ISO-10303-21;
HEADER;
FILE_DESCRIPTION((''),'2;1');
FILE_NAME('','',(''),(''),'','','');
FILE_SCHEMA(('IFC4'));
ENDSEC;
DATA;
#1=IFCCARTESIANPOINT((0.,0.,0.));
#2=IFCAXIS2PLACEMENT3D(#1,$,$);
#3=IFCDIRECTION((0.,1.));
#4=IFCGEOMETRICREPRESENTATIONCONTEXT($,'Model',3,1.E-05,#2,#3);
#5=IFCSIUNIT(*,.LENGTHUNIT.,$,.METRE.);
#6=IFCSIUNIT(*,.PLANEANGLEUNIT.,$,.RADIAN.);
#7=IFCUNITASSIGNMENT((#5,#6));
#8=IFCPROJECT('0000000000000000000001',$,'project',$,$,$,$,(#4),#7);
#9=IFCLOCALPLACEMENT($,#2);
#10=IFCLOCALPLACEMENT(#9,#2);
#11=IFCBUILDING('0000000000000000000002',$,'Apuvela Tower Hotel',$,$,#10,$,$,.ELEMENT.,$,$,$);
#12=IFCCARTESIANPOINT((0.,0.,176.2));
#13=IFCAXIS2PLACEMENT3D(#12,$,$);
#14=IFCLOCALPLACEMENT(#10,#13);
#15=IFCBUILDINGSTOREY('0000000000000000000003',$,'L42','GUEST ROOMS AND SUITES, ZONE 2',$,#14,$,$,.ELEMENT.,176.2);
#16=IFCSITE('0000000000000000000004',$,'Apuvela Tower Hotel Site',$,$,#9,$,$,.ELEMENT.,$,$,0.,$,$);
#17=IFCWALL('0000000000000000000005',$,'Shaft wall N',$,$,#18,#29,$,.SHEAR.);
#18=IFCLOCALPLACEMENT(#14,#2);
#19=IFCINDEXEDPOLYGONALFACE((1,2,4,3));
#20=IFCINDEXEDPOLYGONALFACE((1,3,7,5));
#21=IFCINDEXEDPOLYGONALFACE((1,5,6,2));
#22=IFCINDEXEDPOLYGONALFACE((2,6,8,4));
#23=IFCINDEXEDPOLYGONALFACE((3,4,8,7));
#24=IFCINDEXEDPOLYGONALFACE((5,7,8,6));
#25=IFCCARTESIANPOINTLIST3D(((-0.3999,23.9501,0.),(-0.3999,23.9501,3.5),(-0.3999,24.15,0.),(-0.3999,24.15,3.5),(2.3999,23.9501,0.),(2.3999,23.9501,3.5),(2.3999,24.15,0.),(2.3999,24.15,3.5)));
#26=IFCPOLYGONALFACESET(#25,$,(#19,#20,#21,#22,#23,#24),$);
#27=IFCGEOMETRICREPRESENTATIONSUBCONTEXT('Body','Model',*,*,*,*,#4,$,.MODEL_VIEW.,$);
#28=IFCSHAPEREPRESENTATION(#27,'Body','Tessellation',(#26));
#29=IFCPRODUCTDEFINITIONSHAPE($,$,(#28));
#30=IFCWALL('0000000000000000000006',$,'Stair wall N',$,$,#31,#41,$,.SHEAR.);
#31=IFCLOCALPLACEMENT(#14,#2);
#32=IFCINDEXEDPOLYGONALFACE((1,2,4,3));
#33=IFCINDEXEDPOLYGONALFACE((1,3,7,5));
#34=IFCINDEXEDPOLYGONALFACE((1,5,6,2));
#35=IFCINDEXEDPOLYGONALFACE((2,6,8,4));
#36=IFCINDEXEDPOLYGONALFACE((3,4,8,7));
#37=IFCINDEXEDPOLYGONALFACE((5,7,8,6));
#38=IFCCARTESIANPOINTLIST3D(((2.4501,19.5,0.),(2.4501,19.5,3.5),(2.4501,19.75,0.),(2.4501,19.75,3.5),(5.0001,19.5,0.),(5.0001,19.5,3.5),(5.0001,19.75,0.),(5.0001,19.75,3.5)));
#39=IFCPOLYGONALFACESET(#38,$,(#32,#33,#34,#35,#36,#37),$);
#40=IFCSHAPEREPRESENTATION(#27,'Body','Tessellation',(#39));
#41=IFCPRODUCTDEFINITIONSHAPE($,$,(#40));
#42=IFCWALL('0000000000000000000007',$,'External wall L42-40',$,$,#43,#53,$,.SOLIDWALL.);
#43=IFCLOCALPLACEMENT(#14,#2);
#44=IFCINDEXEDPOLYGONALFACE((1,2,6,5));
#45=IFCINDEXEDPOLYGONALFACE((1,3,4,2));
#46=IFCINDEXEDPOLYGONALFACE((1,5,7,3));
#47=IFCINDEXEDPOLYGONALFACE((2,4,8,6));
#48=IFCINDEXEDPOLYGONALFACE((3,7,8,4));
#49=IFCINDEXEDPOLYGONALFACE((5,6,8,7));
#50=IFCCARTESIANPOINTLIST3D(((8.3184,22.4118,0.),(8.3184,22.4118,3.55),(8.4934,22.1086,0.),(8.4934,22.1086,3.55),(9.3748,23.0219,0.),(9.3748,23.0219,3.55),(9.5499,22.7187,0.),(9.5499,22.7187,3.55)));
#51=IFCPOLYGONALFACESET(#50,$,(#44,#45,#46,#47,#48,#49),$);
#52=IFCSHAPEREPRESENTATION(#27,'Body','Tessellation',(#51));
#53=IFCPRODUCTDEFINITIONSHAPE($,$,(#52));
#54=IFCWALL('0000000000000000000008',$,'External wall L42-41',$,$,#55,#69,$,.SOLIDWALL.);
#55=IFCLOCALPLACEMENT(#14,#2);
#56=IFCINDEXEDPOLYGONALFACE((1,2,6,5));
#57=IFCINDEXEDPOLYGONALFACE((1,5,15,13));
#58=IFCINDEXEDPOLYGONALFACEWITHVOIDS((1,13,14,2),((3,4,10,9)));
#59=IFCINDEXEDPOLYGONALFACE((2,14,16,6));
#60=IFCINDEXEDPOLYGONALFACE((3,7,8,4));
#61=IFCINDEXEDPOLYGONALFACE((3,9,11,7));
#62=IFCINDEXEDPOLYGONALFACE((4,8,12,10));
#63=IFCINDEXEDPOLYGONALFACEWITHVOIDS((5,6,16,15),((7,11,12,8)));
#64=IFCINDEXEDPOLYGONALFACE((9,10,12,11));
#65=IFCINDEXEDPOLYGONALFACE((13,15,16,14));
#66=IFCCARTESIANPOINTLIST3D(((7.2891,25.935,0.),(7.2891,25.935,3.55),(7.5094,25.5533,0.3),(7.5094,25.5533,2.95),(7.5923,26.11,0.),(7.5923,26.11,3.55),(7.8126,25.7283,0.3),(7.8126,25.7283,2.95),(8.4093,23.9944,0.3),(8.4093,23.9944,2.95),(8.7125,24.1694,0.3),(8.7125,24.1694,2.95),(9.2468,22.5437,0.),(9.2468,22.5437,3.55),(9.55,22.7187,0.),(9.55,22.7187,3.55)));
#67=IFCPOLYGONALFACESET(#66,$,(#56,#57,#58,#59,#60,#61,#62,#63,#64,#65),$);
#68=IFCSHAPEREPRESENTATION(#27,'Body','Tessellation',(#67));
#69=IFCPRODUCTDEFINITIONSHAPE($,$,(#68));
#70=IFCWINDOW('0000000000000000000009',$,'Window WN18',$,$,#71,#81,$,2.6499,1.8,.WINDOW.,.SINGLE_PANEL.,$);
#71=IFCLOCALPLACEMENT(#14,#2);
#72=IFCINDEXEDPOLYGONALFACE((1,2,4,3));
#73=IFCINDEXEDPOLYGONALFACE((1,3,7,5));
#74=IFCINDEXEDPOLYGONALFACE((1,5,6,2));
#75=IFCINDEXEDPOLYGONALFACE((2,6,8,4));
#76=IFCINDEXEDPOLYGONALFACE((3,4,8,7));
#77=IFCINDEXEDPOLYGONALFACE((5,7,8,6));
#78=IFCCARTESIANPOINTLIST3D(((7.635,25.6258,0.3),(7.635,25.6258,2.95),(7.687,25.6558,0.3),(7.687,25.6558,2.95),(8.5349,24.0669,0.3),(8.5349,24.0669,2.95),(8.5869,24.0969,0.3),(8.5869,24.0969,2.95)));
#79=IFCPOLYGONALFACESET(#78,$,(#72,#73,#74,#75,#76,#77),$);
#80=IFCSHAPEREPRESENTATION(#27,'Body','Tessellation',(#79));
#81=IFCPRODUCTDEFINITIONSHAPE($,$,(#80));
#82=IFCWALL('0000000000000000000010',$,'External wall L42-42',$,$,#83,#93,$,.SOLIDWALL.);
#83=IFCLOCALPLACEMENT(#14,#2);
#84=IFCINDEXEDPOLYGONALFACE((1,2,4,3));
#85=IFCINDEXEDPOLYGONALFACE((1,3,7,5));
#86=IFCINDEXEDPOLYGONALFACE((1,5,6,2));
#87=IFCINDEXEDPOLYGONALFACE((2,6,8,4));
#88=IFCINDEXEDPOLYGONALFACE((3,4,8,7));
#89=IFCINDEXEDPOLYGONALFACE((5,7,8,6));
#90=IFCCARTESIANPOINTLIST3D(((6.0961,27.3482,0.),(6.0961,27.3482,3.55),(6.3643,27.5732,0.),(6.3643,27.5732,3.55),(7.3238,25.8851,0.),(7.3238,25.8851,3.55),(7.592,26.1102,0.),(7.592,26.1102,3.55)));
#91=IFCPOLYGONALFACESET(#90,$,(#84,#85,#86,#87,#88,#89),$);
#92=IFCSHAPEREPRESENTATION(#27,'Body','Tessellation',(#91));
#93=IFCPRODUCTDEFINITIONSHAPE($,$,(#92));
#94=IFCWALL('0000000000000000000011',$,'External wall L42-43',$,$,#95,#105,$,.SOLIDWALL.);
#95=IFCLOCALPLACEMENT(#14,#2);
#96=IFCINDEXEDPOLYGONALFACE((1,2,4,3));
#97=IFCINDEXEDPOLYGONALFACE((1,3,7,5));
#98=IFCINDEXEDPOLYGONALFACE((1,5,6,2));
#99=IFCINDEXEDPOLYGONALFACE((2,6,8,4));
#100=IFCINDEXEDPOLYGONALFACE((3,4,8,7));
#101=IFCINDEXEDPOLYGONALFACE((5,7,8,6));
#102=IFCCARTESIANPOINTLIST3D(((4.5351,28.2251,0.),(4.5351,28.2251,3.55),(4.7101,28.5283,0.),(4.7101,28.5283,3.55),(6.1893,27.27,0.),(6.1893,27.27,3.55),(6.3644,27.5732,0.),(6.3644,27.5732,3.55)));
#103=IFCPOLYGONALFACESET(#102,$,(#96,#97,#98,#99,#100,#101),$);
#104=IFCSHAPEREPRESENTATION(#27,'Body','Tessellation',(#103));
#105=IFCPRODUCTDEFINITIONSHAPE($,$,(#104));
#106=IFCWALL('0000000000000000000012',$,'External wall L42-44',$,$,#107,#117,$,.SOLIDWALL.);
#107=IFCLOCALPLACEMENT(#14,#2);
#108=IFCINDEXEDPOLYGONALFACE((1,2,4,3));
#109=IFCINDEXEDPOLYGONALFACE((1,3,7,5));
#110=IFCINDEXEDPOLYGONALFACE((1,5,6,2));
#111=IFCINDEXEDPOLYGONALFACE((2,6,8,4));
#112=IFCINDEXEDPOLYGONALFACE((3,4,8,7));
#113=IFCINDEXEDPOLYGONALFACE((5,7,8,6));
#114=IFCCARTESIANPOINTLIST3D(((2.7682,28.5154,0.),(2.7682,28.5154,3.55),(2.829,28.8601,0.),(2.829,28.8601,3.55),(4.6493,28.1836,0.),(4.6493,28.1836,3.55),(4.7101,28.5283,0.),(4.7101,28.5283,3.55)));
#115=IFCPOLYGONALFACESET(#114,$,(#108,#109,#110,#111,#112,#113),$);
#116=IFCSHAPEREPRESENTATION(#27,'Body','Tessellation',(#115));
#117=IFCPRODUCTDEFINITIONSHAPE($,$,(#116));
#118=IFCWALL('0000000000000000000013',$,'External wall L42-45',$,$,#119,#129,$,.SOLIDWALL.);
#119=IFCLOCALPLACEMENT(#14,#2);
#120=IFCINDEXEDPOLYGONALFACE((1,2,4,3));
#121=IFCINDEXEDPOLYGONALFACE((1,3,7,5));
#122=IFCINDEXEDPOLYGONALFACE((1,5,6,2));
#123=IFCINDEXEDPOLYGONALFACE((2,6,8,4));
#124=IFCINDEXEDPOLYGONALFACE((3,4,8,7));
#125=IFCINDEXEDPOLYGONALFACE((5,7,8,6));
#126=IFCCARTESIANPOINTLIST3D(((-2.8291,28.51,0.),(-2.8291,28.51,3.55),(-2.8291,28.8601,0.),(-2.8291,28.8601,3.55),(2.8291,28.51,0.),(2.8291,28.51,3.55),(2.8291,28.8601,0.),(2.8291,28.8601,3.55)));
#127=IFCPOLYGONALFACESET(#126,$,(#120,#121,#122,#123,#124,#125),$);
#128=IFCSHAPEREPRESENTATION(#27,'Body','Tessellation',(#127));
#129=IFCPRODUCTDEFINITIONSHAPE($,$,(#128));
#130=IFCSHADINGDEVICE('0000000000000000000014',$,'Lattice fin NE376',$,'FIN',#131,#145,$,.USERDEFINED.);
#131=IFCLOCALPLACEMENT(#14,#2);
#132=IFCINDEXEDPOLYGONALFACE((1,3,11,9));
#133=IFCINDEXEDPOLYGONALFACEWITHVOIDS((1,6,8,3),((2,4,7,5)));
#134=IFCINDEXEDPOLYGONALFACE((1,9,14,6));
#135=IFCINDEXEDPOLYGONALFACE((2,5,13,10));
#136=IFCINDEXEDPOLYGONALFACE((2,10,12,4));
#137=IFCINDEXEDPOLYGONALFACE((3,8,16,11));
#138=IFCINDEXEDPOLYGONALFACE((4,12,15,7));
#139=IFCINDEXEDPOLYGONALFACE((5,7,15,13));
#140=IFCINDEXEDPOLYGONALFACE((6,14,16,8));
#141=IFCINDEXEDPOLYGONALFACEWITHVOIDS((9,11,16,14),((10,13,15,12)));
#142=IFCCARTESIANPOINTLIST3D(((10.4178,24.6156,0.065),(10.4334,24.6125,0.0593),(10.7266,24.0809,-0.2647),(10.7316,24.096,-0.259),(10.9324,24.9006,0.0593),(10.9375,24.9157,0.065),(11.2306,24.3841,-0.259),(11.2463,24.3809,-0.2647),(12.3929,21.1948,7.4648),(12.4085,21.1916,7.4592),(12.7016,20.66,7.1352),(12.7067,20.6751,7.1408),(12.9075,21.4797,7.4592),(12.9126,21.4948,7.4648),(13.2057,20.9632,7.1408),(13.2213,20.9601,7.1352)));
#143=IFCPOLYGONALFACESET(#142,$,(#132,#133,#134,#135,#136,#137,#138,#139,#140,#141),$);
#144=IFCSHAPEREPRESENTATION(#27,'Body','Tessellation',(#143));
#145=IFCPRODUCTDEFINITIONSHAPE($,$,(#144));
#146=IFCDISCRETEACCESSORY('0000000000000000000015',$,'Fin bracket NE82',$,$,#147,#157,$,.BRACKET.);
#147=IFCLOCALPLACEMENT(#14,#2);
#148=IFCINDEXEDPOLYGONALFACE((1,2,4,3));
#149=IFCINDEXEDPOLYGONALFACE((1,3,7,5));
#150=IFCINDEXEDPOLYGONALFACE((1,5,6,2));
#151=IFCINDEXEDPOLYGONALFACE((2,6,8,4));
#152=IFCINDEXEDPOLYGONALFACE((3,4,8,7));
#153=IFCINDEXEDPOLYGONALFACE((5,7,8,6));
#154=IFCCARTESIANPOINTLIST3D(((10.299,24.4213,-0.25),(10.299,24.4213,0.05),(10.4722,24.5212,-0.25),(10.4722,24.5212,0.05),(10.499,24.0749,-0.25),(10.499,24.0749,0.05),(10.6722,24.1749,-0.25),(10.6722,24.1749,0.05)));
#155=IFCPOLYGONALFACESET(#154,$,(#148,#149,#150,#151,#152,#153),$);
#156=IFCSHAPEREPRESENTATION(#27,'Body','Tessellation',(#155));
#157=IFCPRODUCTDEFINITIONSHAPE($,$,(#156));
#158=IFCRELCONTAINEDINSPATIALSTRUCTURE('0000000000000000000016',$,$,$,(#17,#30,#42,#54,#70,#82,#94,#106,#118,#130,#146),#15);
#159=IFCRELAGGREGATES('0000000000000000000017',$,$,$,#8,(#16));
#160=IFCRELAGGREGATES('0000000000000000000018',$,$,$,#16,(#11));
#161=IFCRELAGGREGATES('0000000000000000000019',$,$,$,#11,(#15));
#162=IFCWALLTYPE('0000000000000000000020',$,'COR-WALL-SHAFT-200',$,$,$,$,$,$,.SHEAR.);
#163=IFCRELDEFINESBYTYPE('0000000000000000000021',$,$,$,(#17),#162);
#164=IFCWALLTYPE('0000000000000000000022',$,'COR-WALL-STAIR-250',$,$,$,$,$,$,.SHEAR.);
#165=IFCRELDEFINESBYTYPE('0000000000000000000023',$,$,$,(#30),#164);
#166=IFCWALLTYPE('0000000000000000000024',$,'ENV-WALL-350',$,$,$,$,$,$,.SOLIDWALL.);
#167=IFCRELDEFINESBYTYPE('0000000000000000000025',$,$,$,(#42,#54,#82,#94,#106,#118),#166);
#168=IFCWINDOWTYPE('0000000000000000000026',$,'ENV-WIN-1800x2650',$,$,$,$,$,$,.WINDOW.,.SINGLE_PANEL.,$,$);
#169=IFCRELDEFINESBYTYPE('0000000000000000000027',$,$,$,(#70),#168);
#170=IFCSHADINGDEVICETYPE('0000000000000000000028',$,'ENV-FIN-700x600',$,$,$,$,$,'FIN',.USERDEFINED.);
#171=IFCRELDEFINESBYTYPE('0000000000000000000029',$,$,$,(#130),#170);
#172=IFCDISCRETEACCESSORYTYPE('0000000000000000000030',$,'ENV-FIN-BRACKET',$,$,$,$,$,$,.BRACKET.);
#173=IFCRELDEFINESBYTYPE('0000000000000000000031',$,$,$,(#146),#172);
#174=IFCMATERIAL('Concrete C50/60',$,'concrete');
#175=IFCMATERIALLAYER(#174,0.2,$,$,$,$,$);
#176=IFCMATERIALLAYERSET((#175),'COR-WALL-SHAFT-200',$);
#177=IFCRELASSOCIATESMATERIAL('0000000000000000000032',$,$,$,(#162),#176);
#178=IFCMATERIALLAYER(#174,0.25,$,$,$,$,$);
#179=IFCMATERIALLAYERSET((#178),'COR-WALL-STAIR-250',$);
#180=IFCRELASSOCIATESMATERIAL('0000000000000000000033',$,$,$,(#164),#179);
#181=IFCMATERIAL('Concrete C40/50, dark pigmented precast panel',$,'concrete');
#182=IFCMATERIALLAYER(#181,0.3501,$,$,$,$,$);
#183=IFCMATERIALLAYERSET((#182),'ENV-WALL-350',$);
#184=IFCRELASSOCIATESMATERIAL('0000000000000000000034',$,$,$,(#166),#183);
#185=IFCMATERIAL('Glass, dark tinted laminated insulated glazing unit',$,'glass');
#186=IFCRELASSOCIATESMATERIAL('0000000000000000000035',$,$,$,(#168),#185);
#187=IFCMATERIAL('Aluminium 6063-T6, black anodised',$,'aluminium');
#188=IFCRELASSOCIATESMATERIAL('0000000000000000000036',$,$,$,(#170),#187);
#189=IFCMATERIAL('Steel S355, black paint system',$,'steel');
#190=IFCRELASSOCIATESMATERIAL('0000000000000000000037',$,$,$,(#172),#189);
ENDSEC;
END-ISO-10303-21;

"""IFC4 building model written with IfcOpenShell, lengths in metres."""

from ifc_helpers import new_model, si_unit, direction, frame, frame_2d, origin, origin_2d, place, context, subcontext, project, spatial, rectangle, hollow_rectangle, extrude, material, layer, layer_set, material_profile, profile_set, type_object, element, fill, save


model = new_model("IFC4")

# Units and contexts
model_context = context("Model", 3, precision=1e-05, world=origin(), true_north=direction((0.0, 1.0)))
body_context = subcontext(model_context, "Body", "Model", "MODEL_VIEW")
ifc_project = project(units=[si_unit("LENGTHUNIT", "METRE"), si_unit("PLANEANGLEUNIT", "RADIAN")], contexts=[model_context])

# Site, building, storey
site_placement = place(None, origin())
site = spatial("IfcSite", under=ifc_project, at=site_placement, Name="Apuvela Tower Hotel Site", CompositionType="ELEMENT", RefElevation=0.0)
building_placement = place(site_placement, origin())
building = spatial("IfcBuilding", under=site, at=building_placement, Name="Apuvela Tower Hotel", CompositionType="ELEMENT")
storey_placement = place(building_placement, frame((0.0, 0.0, 176.2)))
storey = spatial("IfcBuildingStorey", under=building, at=storey_placement, Name="L42", Description="GUEST ROOMS AND SUITES, ZONE 2", CompositionType="ELEMENT", Elevation=176.2)

# Walls
ifc_material_1 = material(Name="Concrete C50/60", Category="concrete")
ifc_layer_1 = layer(ifc_material_1, 0.2)
ifc_layer_set_1 = layer_set([ifc_layer_1], Name="COR-WALL-SHAFT-200")
wall_type_1 = type_object("IfcWallType", Name="COR-WALL-SHAFT-200", PredefinedType="SHEAR", material=ifc_layer_set_1)
wall_1_placement = place(storey_placement, frame((2.3999, 24.05, 0.0), z_axis=(0.0, 0.0, 1.0), x_axis=(-1.0, 0.0, 0.0)))
element("IfcWall", 1, at=wall_1_placement, inside=storey, type_object=wall_type_1, Name="Shaft wall N", PredefinedType="SHEAR", context=body_context, shape_type="SweptSolid", body=[
    extrude(rectangle(XDim=2.7998, YDim=0.2, at=frame_2d((1.3999, 0.0))), origin(), (0.0, 0.0, 1.0), 3.5),
])
ifc_layer_2 = layer(ifc_material_1, 0.25)
ifc_layer_set_2 = layer_set([ifc_layer_2], Name="COR-WALL-STAIR-250")
wall_type_2 = type_object("IfcWallType", Name="COR-WALL-STAIR-250", PredefinedType="SHEAR", material=ifc_layer_set_2)
wall_2_placement = place(storey_placement, frame((5.0, 19.625, 0.0), z_axis=(0.0, 0.0, 1.0), x_axis=(-1.0, 0.0, 0.0)))
element("IfcWall", 2, at=wall_2_placement, inside=storey, type_object=wall_type_2, Name="Stair wall N", PredefinedType="SHEAR", context=body_context, shape_type="SweptSolid", body=[
    extrude(rectangle(XDim=2.55, YDim=0.25, at=frame_2d((1.2749, 0.0))), origin(), (0.0, 0.0, 1.0), 3.5),
])
ifc_material_2 = material(Name="Concrete C40/50, dark pigmented precast panel", Category="concrete")
ifc_layer_3 = layer(ifc_material_2, 0.3501)
ifc_layer_set_3 = layer_set([ifc_layer_3], Name="ENV-WALL-350")
wall_type_3 = type_object("IfcWallType", Name="ENV-WALL-350", PredefinedType="SOLIDWALL", material=ifc_layer_set_3)
wall_3_placement = place(storey_placement, frame((8.406, 22.2603, 0.0), z_axis=(0.0, 0.0, 1.0), x_axis=(0.865956, 0.500121, 0.0)))
element("IfcWall", 3, at=wall_3_placement, inside=storey, type_object=wall_type_3, Name="External wall L42-40", PredefinedType="SOLIDWALL", context=body_context, shape_type="SweptSolid", body=[
    extrude(rectangle(XDim=1.22, YDim=0.3501, at=frame_2d((0.6099, 0.0))), origin(), (0.0, 0.0, 1.0), 3.55),
])

# Wall, opening, window
wall_4_placement = place(storey_placement, frame((9.3984, 22.6311, 0.0), z_axis=(0.0, 0.0, 1.0), x_axis=(-0.499955, 0.866052, 0.0)))
wall_4 = element("IfcWall", 4, at=wall_4_placement, inside=storey, type_object=wall_type_3, Name="External wall L42-41", PredefinedType="SOLIDWALL", context=body_context, shape_type="SweptSolid", body=[
    extrude(rectangle(XDim=3.9158, YDim=0.3501, at=frame_2d((1.958, 0.0))), origin(), (0.0, 0.0, 1.0), 3.55),
])
opening_placement = place(wall_4_placement, frame((1.6753, 0.0, 0.3)))
opening = element("IfcOpeningElement", 5, at=opening_placement, cuts=wall_4, PredefinedType="OPENING", context=body_context, shape_type="SweptSolid", body=[
    extrude(rectangle(XDim=1.8, YDim=2.6499, at=frame_2d((0.8999, 1.325))), frame((0.0, 0.1851, 0.0), z_axis=(0.0, -1.0, 0.0), x_axis=(1.0, 0.0, 0.0)), (0.0, 0.0, 1.0), 0.3701),
])
ifc_material_3 = material(Name="Glass, dark tinted laminated insulated glazing unit", Category="glass")
window_type = type_object("IfcWindowType", Name="ENV-WIN-1800x2650", PartitioningType="SINGLE_PANEL", PredefinedType="WINDOW", material=ifc_material_3)
window_placement = place(opening_placement, origin())
window = element("IfcWindow", 6, at=window_placement, inside=storey, type_object=window_type, Name="Window WN18", OverallHeight=2.6499, OverallWidth=1.8, PartitioningType="SINGLE_PANEL", PredefinedType="WINDOW", context=body_context, shape_type="SweptSolid", body=[
    extrude(rectangle(XDim=1.8, YDim=2.6499, at=frame_2d((0.8999, 1.325))), frame((0.0, 0.03, 0.0), z_axis=(0.0, -1.0, 0.0), x_axis=(1.0, 0.0, 0.0)), (0.0, 0.0, 1.0), 0.0601),
])
fill(opening, window)

# Walls
wall_5_placement = place(storey_placement, frame((7.458, 25.9976, 0.0), z_axis=(0.0, 0.0, 1.0), x_axis=(-0.642808, 0.766027, 0.0)))
element("IfcWall", 7, at=wall_5_placement, inside=storey, type_object=wall_type_3, Name="External wall L42-42", PredefinedType="SOLIDWALL", context=body_context, shape_type="SweptSolid", body=[
    extrude(rectangle(XDim=1.9099, YDim=0.3501, at=frame_2d((0.9551, 0.0))), origin(), (0.0, 0.0, 1.0), 3.55),
])
for number, where, z_axis, x_axis, name in (
    (8, (6.2769, 27.4216, 0.0), (0.0, 0.0, 1.0), (-0.866032, 0.499988, 0.0), "External wall L42-43"),
    (9, (4.6797, 28.356, 0.0), (0.0, 0.0, 1.0), (-0.984799, 0.173698, 0.0), "External wall L42-44"),
):
    element("IfcWall", number, at=place(storey_placement, frame(where, z_axis=z_axis, x_axis=x_axis)), inside=storey, type_object=wall_type_3, Name=name, PredefinedType="SOLIDWALL", context=body_context, shape_type="SweptSolid", body=[
        extrude(rectangle(XDim=1.9102, YDim=0.3501, at=frame_2d((0.9551, 0.0))), origin(), (0.0, 0.0, 1.0), 3.55),
    ])
wall_6_placement = place(storey_placement, frame((2.8291, 28.6851, 0.0), z_axis=(0.0, 0.0, 1.0), x_axis=(-1.0, 0.0, 0.0)))
element("IfcWall", 10, at=wall_6_placement, inside=storey, type_object=wall_type_3, Name="External wall L42-45", PredefinedType="SOLIDWALL", context=body_context, shape_type="SweptSolid", body=[
    extrude(rectangle(XDim=5.6582, YDim=0.3501, at=frame_2d((2.8291, 0.0))), origin(), (0.0, 0.0, 1.0), 3.55),
])

# Shading device
ifc_material_4 = material(Name="Aluminium 6063-T6, black anodised", Category="aluminium")
ifc_material_profile_1 = material_profile(ifc_material_4, hollow_rectangle(XDim=0.6001, YDim=0.7, WallThickness=0.012, at=origin_2d()), Name="AL BOX 700x600x12")
ifc_profile_set_1 = profile_set([ifc_material_profile_1], Name="Aluminium 6063-T6, black anodised")
shading_device_type = type_object("IfcShadingDeviceType", Name="ENV-FIN-700x600", ElementType="FIN", PredefinedType="USERDEFINED", material=ifc_profile_set_1)
shading_device_placement = place(storey_placement, frame((10.832, 24.4983, -0.0999), z_axis=(0.235461, -0.407822, 0.882179), x_axis=(0.866021, 0.500008, 0.0)))
element("IfcShadingDevice", 11, at=shading_device_placement, inside=storey, type_object=shading_device_type, Name="Lattice fin NE376", ObjectType="FIN", PredefinedType="USERDEFINED", context=body_context, shape_type="SweptSolid", body=[
    extrude(hollow_rectangle(XDim=0.6001, YDim=0.7, WallThickness=0.012, at=origin_2d()), origin(), (0.0, 0.0, 1.0), 8.3882),
])

# Discrete accessory
ifc_material_5 = material(Name="Steel S355, black paint system", Category="steel")
discrete_accessory_type = type_object("IfcDiscreteAccessoryType", Name="ENV-FIN-BRACKET", PredefinedType="BRACKET", material=ifc_material_5)
discrete_accessory_placement = place(storey_placement, frame((10.4856, 24.2981, -0.25), z_axis=(0.0, 0.0, 1.0), x_axis=(-0.5, 0.866025, 0.0)))
element("IfcDiscreteAccessory", 12, at=discrete_accessory_placement, inside=storey, type_object=discrete_accessory_type, Name="Fin bracket NE82", PredefinedType="BRACKET", context=body_context, shape_type="SweptSolid", body=[
    extrude(rectangle(XDim=0.3999, YDim=0.2, at=origin_2d()), origin(), (0.0, 0.0, 1.0), 0.3),
])

save(model, "model.ifc")
